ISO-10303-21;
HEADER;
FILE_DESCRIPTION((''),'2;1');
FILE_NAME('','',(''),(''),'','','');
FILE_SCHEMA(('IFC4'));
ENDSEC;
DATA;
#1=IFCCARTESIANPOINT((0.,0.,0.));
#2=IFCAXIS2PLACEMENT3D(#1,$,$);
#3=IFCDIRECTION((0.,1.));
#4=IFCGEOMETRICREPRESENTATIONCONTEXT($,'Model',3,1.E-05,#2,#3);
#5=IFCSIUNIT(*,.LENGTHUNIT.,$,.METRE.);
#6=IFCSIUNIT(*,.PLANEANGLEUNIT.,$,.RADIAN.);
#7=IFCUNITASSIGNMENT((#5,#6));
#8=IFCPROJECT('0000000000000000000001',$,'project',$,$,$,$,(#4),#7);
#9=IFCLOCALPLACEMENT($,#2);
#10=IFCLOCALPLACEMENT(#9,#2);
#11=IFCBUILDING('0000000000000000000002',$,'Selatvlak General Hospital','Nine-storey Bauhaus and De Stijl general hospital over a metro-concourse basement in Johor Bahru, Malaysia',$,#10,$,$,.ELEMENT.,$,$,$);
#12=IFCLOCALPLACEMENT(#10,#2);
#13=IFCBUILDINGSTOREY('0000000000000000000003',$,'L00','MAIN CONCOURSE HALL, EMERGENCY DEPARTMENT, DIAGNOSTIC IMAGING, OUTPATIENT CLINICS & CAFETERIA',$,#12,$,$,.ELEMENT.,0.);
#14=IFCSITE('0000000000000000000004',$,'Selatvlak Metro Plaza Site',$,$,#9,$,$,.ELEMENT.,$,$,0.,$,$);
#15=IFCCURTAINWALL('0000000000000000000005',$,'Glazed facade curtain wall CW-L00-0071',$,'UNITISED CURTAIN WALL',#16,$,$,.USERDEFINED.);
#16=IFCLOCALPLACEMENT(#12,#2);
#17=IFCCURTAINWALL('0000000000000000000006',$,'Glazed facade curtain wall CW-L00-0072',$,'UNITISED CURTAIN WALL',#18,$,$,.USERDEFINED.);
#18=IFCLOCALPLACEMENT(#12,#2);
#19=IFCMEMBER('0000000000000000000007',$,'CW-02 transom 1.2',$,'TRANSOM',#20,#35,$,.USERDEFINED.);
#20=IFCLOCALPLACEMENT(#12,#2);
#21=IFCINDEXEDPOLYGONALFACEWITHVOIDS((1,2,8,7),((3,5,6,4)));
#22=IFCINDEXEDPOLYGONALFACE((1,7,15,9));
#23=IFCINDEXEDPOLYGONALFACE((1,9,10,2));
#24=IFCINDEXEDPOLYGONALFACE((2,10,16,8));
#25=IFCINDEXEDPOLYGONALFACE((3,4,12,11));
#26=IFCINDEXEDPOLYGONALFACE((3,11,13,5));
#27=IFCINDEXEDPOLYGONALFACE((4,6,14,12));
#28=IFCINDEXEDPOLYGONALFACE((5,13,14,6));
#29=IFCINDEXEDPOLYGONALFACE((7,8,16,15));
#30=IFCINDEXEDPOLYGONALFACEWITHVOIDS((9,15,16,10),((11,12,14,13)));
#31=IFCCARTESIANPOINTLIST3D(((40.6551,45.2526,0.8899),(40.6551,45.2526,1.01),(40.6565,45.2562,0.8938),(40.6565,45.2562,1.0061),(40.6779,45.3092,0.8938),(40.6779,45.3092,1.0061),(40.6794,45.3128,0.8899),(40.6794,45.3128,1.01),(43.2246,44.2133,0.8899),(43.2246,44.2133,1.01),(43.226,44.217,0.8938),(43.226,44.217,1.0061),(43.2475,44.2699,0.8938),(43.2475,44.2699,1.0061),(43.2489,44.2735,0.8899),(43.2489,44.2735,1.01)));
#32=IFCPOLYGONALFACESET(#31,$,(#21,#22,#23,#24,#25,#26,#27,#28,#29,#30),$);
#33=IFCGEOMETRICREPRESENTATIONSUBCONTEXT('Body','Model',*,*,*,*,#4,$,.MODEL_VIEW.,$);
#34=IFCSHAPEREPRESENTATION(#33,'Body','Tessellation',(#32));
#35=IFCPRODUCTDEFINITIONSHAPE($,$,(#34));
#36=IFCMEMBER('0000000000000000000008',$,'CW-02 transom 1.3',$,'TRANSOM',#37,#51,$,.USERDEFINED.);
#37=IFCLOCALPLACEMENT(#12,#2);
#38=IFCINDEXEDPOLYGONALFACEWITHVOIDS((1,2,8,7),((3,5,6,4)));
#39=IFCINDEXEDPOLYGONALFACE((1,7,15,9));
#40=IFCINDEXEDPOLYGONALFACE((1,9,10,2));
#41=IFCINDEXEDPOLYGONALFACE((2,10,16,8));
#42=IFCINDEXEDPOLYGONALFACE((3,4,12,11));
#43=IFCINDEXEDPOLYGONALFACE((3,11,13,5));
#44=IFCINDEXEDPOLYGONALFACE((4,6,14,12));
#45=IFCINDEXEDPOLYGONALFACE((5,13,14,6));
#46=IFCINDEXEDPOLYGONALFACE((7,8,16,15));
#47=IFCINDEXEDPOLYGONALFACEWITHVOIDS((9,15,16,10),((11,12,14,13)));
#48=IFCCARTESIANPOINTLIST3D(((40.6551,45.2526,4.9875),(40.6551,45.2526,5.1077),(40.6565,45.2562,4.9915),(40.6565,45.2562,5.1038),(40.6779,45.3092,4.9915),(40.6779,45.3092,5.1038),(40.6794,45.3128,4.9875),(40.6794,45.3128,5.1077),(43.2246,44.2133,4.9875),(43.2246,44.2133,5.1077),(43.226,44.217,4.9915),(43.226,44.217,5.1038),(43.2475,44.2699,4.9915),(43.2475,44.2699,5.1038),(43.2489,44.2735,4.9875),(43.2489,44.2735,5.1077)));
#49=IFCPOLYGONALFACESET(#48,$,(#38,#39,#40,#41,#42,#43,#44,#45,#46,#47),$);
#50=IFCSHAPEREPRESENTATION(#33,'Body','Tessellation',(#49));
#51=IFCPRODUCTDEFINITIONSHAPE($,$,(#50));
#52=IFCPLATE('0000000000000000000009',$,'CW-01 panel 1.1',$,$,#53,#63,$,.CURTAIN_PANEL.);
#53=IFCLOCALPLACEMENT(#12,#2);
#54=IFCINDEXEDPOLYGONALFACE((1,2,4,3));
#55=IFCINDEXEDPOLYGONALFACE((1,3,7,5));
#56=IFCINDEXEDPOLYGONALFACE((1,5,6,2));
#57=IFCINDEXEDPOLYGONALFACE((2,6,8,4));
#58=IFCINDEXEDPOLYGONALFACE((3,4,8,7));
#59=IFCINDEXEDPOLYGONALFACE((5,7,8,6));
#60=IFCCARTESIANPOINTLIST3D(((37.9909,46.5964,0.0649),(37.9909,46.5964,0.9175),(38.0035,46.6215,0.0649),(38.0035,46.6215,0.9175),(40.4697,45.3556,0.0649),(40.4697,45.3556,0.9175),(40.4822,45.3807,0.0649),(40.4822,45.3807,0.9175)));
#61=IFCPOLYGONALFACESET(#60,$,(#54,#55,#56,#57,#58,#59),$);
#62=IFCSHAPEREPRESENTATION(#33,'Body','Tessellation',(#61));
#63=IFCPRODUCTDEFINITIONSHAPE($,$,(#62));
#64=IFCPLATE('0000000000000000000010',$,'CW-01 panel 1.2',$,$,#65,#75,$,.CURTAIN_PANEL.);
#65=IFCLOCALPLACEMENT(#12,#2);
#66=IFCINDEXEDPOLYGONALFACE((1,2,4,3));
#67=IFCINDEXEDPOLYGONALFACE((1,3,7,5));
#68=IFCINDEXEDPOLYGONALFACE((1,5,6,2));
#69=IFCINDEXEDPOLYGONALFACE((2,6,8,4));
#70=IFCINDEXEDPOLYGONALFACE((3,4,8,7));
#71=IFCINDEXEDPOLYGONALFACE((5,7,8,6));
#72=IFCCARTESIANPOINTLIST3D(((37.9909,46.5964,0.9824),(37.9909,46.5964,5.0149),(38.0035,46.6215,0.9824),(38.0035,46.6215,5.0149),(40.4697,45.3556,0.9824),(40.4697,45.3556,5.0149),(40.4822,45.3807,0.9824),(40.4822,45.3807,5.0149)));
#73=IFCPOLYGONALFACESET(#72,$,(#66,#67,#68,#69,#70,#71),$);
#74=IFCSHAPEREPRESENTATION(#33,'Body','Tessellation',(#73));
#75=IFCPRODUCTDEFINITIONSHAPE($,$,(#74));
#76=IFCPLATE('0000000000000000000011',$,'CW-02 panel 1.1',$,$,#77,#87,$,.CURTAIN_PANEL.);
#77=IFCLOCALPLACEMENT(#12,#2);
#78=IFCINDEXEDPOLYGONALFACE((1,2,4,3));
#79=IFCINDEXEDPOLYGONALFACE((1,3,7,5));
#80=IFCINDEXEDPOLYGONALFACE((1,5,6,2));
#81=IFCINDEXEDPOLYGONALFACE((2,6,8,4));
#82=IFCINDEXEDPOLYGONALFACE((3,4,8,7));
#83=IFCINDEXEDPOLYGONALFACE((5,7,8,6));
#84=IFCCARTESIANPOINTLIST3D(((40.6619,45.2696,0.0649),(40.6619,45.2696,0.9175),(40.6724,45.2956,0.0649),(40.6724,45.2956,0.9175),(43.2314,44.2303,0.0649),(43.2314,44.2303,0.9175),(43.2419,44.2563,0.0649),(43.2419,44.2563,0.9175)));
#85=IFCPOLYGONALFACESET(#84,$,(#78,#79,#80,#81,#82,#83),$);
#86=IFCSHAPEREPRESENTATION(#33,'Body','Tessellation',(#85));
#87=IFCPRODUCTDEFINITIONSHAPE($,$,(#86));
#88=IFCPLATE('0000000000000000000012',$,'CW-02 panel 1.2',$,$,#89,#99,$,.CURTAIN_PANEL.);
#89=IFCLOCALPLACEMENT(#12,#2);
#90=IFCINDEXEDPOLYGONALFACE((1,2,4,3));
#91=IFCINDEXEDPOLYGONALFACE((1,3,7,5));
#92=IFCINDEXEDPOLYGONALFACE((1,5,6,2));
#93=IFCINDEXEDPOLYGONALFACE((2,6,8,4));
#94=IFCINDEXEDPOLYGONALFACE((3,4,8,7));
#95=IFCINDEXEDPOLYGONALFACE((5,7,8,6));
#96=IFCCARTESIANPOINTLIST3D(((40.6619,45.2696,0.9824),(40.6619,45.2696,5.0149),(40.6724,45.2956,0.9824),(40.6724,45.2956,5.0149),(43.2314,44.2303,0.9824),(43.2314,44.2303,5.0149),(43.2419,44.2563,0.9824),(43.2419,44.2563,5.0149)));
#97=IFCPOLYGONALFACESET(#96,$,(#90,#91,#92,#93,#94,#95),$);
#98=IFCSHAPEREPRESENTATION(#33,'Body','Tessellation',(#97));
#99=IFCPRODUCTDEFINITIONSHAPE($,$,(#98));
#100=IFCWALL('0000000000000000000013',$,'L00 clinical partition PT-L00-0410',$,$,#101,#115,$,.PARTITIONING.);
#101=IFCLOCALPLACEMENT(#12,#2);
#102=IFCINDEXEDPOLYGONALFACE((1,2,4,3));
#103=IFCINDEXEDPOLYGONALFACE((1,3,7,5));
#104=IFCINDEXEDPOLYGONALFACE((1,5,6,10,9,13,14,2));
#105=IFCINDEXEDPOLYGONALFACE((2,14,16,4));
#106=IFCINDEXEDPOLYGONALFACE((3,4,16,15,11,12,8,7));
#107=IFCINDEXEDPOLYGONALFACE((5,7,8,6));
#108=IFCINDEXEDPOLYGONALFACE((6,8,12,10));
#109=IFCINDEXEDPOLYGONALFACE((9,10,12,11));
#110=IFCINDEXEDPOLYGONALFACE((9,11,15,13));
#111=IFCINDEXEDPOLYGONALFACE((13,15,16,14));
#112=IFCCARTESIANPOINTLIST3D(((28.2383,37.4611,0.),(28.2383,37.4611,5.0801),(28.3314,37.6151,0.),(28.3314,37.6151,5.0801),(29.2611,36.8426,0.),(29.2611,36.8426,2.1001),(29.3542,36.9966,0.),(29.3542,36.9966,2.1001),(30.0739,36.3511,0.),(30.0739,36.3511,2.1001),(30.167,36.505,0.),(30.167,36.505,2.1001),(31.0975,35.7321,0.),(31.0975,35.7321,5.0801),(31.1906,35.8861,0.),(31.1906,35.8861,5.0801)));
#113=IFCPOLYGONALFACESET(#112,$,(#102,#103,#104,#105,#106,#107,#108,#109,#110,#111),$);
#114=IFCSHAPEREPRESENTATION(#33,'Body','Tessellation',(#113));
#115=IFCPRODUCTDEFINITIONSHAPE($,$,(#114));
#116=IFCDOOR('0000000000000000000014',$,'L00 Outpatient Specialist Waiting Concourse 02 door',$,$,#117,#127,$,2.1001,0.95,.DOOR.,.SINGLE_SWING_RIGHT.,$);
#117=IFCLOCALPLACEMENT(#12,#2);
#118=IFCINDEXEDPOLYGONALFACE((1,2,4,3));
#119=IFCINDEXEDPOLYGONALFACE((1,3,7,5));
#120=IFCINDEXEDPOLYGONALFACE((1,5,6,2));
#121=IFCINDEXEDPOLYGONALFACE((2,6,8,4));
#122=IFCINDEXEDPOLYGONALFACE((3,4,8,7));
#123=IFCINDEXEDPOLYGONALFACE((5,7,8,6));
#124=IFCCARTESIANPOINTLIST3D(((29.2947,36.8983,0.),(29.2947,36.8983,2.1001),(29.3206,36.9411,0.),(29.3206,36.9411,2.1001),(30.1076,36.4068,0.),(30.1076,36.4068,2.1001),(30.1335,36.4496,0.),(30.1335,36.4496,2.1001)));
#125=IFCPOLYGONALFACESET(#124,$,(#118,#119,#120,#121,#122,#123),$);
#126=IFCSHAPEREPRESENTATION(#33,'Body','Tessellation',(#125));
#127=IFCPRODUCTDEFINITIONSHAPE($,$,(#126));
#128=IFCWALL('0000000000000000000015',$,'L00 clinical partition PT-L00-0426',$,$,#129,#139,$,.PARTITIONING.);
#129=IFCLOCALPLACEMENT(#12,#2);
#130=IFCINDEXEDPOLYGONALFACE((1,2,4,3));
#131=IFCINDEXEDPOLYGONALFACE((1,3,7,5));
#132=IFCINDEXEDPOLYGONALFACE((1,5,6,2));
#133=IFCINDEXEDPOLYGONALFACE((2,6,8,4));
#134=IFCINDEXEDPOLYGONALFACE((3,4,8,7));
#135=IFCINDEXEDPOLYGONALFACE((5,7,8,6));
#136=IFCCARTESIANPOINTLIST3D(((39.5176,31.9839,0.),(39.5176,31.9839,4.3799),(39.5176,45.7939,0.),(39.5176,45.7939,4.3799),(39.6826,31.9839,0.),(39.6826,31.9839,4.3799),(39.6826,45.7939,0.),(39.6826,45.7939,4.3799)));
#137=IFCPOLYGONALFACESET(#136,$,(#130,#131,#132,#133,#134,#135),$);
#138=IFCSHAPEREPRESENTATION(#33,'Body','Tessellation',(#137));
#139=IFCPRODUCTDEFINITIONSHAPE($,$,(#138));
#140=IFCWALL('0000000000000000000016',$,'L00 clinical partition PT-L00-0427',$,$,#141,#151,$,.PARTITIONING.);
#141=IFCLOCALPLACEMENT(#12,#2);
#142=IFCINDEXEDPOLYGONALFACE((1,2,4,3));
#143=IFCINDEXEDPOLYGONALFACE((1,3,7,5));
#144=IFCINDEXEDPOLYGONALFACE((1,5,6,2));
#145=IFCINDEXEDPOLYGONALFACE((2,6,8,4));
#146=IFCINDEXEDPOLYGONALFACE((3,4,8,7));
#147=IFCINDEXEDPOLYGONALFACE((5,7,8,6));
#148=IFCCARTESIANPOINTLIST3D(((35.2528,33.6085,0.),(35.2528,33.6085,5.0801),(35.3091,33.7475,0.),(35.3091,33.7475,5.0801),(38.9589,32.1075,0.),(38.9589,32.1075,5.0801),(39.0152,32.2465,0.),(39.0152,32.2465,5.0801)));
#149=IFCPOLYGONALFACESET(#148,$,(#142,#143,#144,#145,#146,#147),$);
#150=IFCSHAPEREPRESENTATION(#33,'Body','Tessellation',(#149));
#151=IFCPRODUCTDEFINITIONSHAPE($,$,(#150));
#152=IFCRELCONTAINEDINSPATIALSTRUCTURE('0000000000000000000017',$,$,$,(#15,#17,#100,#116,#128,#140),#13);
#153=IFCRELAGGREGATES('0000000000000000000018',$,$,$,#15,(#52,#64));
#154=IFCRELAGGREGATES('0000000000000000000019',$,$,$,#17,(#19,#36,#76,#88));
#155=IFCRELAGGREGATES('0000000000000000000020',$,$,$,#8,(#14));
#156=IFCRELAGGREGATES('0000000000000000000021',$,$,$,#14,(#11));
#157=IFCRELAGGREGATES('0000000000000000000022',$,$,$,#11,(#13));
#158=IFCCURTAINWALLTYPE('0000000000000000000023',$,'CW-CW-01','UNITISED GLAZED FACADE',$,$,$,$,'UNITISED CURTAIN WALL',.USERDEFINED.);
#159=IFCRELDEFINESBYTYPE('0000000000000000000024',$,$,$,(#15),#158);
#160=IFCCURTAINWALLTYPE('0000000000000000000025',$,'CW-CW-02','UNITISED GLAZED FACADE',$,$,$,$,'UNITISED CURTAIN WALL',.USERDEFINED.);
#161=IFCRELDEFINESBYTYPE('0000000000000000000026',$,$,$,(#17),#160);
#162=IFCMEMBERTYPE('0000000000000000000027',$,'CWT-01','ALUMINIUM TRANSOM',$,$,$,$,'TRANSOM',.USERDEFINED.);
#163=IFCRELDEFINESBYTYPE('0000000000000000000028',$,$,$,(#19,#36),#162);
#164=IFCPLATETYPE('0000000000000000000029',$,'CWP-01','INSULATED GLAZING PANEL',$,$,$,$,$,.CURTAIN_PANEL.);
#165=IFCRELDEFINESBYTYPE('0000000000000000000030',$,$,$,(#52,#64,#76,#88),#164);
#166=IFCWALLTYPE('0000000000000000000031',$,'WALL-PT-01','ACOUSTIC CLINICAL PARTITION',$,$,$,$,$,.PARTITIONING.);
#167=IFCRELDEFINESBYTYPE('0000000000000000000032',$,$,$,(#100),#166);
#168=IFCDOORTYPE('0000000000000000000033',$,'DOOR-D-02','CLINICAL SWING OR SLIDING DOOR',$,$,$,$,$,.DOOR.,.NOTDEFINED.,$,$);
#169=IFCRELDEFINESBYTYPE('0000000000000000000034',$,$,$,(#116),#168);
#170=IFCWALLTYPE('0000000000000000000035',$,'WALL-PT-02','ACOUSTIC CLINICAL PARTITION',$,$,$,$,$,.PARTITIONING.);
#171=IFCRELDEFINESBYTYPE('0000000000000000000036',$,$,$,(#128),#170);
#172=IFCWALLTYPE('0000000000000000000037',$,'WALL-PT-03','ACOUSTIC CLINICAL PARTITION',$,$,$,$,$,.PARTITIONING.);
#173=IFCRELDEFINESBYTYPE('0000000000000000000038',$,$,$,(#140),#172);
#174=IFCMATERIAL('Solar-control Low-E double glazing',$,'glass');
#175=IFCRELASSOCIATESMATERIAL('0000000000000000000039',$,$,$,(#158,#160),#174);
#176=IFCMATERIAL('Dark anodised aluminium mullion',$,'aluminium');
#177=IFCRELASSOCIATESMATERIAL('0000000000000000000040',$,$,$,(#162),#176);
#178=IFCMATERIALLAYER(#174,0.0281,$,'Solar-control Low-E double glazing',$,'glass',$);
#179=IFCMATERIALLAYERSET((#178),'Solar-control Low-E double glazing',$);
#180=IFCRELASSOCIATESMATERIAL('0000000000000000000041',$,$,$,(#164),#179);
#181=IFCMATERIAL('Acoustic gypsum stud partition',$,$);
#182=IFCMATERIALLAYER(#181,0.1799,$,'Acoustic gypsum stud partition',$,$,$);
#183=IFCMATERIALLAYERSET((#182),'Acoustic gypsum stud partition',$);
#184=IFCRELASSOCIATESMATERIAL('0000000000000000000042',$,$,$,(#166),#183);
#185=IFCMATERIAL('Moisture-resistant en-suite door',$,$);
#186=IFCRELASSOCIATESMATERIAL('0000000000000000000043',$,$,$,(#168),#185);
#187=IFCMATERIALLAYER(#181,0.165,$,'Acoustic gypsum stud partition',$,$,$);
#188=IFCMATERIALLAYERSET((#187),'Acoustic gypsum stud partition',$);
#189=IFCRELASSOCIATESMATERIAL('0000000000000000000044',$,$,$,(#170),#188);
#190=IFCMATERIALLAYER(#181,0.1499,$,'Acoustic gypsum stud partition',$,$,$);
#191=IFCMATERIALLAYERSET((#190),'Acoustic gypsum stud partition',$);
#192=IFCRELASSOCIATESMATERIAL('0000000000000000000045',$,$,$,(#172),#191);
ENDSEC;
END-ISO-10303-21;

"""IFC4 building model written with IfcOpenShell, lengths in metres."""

from ifc_helpers import new_model, si_unit, direction, frame, frame_2d, origin, origin_2d, place, context, subcontext, project, spatial, rectangle, hollow_rectangle, extrude, material, layer, layer_set, material_profile, profile_set, type_object, element, fill, aggregate, save


model = new_model("IFC4")

# Units and contexts
model_context = context("Model", 3, precision=1e-05, world=origin(), true_north=direction((0.0, 1.0)))
body_context = subcontext(model_context, "Body", "Model", "MODEL_VIEW")
ifc_project = project(units=[si_unit("LENGTHUNIT", "METRE"), si_unit("PLANEANGLEUNIT", "RADIAN")], contexts=[model_context])

# Site, building, storey
site_placement = place(None, origin())
site = spatial("IfcSite", under=ifc_project, at=site_placement, Name="Selatvlak Metro Plaza Site", CompositionType="ELEMENT", RefElevation=0.0)
building_placement = place(site_placement, origin())
building = spatial("IfcBuilding", under=site, at=building_placement, Name="Selatvlak General Hospital", Description="Nine-storey Bauhaus and De Stijl general hospital over a metro-concourse basement in Johor Bahru, Malaysia", CompositionType="ELEMENT")
storey_placement = place(building_placement, origin())
storey = spatial("IfcBuildingStorey", under=building, at=storey_placement, Name="L00", Description="MAIN CONCOURSE HALL, EMERGENCY DEPARTMENT, DIAGNOSTIC IMAGING, OUTPATIENT CLINICS & CAFETERIA", CompositionType="ELEMENT", Elevation=0.0)

# Curtain walls
ifc_material_1 = material(Name="Solar-control Low-E double glazing", Category="glass")
curtain_wall_type_1 = type_object("IfcCurtainWallType", Name="CW-CW-01", Description="UNITISED GLAZED FACADE", ElementType="UNITISED CURTAIN WALL", PredefinedType="USERDEFINED", material=ifc_material_1)
curtain_wall_1_placement = place(storey_placement, origin())
curtain_wall_1 = element("IfcCurtainWall", 1, at=curtain_wall_1_placement, inside=storey, type_object=curtain_wall_type_1, Name="Glazed facade curtain wall CW-L00-0071", ObjectType="UNITISED CURTAIN WALL", PredefinedType="USERDEFINED")
ifc_material_2 = material(Name="Dark anodised aluminium mullion", Category="aluminium")
curtain_wall_type_2 = type_object("IfcCurtainWallType", Name="CW-CW-02", Description="UNITISED GLAZED FACADE", ElementType="UNITISED CURTAIN WALL", PredefinedType="USERDEFINED", material=ifc_material_1)
curtain_wall_2_placement = place(storey_placement, origin())
curtain_wall_2 = element("IfcCurtainWall", 2, at=curtain_wall_2_placement, inside=storey, type_object=curtain_wall_type_2, Name="Glazed facade curtain wall CW-L00-0072", ObjectType="UNITISED CURTAIN WALL", PredefinedType="USERDEFINED")

# Shared definitions
ifc_material_profile_1 = material_profile(ifc_material_2, hollow_rectangle(XDim=0.0649, YDim=0.1201, WallThickness=0.0039, at=origin_2d()), Name="AL-TRN 65x120x4")
ifc_profile_set_1 = profile_set([ifc_material_profile_1], Name="Dark anodised aluminium mullion")
member_type_1 = type_object("IfcMemberType", Name="CWT-01", Description="ALUMINIUM TRANSOM", ElementType="TRANSOM", PredefinedType="USERDEFINED", material=ifc_profile_set_1)

# Members
member_1_placement = place(storey_placement, frame((40.6672, 45.2827, 0.95), z_axis=(0.927042, -0.374957, 0.0), x_axis=(0.374957, 0.927042, 0.0)))
member_1 = element("IfcMember", 3, at=member_1_placement, type_object=member_type_1, Name="CW-02 transom 1.2", ObjectType="TRANSOM", PredefinedType="USERDEFINED", context=body_context, shape_type="SweptSolid", body=[
    extrude(hollow_rectangle(XDim=0.0649, YDim=0.1201, WallThickness=0.0039, at=origin_2d()), origin(), (0.0, 0.0, 1.0), 2.7717),
])
member_2_placement = place(storey_placement, frame((40.6672, 45.2827, 5.0476), z_axis=(0.927042, -0.374957, 0.0), x_axis=(0.374957, 0.927042, 0.0)))
member_2 = element("IfcMember", 4, at=member_2_placement, type_object=member_type_1, Name="CW-02 transom 1.3", ObjectType="TRANSOM", PredefinedType="USERDEFINED", context=body_context, shape_type="SweptSolid", body=[
    extrude(hollow_rectangle(XDim=0.0649, YDim=0.1201, WallThickness=0.0039, at=origin_2d()), origin(), (0.0, 0.0, 1.0), 2.7717),
])

# Plates
ifc_layer_1 = layer(ifc_material_1, 0.0281, Name="Solar-control Low-E double glazing", Category="glass")
ifc_layer_set_1 = layer_set([ifc_layer_1], Name="Solar-control Low-E double glazing")
plate_type = type_object("IfcPlateType", Name="CWP-01", Description="INSULATED GLAZING PANEL", PredefinedType="CURTAIN_PANEL", material=ifc_layer_set_1)
plate_1_placement = place(storey_placement, frame((39.2366, 45.9885, 0.0649), z_axis=(0.0, 0.0, 1.0), x_axis=(0.89422, -0.447627, 0.0)))
plate_1 = element("IfcPlate", 5, at=plate_1_placement, type_object=plate_type, Name="CW-01 panel 1.1", PredefinedType="CURTAIN_PANEL", context=body_context, shape_type="SweptSolid", body=[
    extrude(rectangle(XDim=2.772, YDim=0.0281, at=origin_2d()), origin(), (0.0, 0.0, 1.0), 0.8525),
])
plate_2_placement = place(storey_placement, frame((39.2366, 45.9885, 0.9824), z_axis=(0.0, 0.0, 1.0), x_axis=(0.89422, -0.447627, 0.0)))
plate_2 = element("IfcPlate", 6, at=plate_2_placement, type_object=plate_type, Name="CW-01 panel 1.2", PredefinedType="CURTAIN_PANEL", context=body_context, shape_type="SweptSolid", body=[
    extrude(rectangle(XDim=2.772, YDim=0.0281, at=origin_2d()), origin(), (0.0, 0.0, 1.0), 4.0325),
])
aggregate(curtain_wall_1, [plate_1, plate_2])
plate_3_placement = place(storey_placement, frame((41.9519, 44.7629, 0.0649), z_axis=(0.0, 0.0, 1.0), x_axis=(0.927044, -0.374953, 0.0)))
plate_3 = element("IfcPlate", 7, at=plate_3_placement, type_object=plate_type, Name="CW-02 panel 1.1", PredefinedType="CURTAIN_PANEL", context=body_context, shape_type="SweptSolid", body=[
    extrude(rectangle(XDim=2.7717, YDim=0.0281, at=origin_2d()), origin(), (0.0, 0.0, 1.0), 0.8525),
])
plate_4_placement = place(storey_placement, frame((41.9519, 44.7629, 0.9824), z_axis=(0.0, 0.0, 1.0), x_axis=(0.927044, -0.374953, 0.0)))
plate_4 = element("IfcPlate", 8, at=plate_4_placement, type_object=plate_type, Name="CW-02 panel 1.2", PredefinedType="CURTAIN_PANEL", context=body_context, shape_type="SweptSolid", body=[
    extrude(rectangle(XDim=2.7717, YDim=0.0281, at=origin_2d()), origin(), (0.0, 0.0, 1.0), 4.0325),
])
aggregate(curtain_wall_2, [member_1, member_2, plate_3, plate_4])

# Wall, opening, door
ifc_material_3 = material(Name="Acoustic gypsum stud partition")
ifc_layer_2 = layer(ifc_material_3, 0.1799, Name="Acoustic gypsum stud partition")
ifc_layer_set_2 = layer_set([ifc_layer_2], Name="Acoustic gypsum stud partition")
wall_type_1 = type_object("IfcWallType", Name="WALL-PT-01", Description="ACOUSTIC CLINICAL PARTITION", PredefinedType="PARTITIONING", material=ifc_layer_set_2)
wall_1_placement = place(storey_placement, frame((31.144, 35.8091, 0.0), z_axis=(0.0, 0.0, 1.0), x_axis=(-0.855702, 0.517469, 0.0)))
wall_1 = element("IfcWall", 9, at=wall_1_placement, inside=storey, type_object=wall_type_1, Name="L00 clinical partition PT-L00-0410", PredefinedType="PARTITIONING", context=body_context, shape_type="SweptSolid", body=[
    extrude(rectangle(XDim=3.3413, YDim=0.1799, at=frame_2d((1.6707, 0.0))), origin(), (0.0, 0.0, 1.0), 5.0801),
])
opening_1_placement = place(wall_1_placement, frame((1.196, 0.0, 0.0)))
opening_1 = element("IfcOpeningElement", 10, at=opening_1_placement, cuts=wall_1, PredefinedType="OPENING", context=body_context, shape_type="SweptSolid", body=[
    extrude(rectangle(XDim=0.95, YDim=2.1001, at=frame_2d((0.4751, 1.05))), frame((0.0, 0.0999, 0.0), z_axis=(0.0, -1.0, 0.0), x_axis=(1.0, 0.0, 0.0)), (0.0, 0.0, 1.0), 0.2),
])
ifc_material_4 = material(Name="Moisture-resistant en-suite door")
door_type_1 = type_object("IfcDoorType", Name="DOOR-D-02", Description="CLINICAL SWING OR SLIDING DOOR", OperationType="NOTDEFINED", PredefinedType="DOOR", material=ifc_material_4)
door_1_placement = place(opening_1_placement, origin())
door_1 = element("IfcDoor", 11, at=door_1_placement, inside=storey, type_object=door_type_1, Name="L00 Outpatient Specialist Waiting Concourse 02 door", OperationType="SINGLE_SWING_RIGHT", OverallHeight=2.1001, OverallWidth=0.95, PredefinedType="DOOR", context=body_context, shape_type="SweptSolid", body=[
    extrude(rectangle(XDim=0.95, YDim=2.1001, at=frame_2d((0.4751, 1.05))), frame((0.0, 0.0249, 0.0), z_axis=(0.0, -1.0, 0.0), x_axis=(1.0, 0.0, 0.0)), (0.0, 0.0, 1.0), 0.05),
])
fill(opening_1, door_1)

# Walls
ifc_layer_3 = layer(ifc_material_3, 0.165, Name="Acoustic gypsum stud partition")
ifc_layer_set_3 = layer_set([ifc_layer_3], Name="Acoustic gypsum stud partition")
wall_type_2 = type_object("IfcWallType", Name="WALL-PT-02", Description="ACOUSTIC CLINICAL PARTITION", PredefinedType="PARTITIONING", material=ifc_layer_set_3)
wall_2_placement = place(storey_placement, frame((39.6001, 45.7939, 0.0), z_axis=(0.0, 0.0, 1.0), x_axis=(0.0, -1.0, 0.0)))
element("IfcWall", 12, at=wall_2_placement, inside=storey, type_object=wall_type_2, Name="L00 clinical partition PT-L00-0426", PredefinedType="PARTITIONING", context=body_context, shape_type="SweptSolid", body=[
    extrude(rectangle(XDim=13.8101, YDim=0.165, at=frame_2d((6.905, 0.0))), origin(), (0.0, 0.0, 1.0), 4.3799),
])
ifc_layer_4 = layer(ifc_material_3, 0.1499, Name="Acoustic gypsum stud partition")
ifc_layer_set_4 = layer_set([ifc_layer_4], Name="Acoustic gypsum stud partition")
wall_type_3 = type_object("IfcWallType", Name="WALL-PT-03", Description="ACOUSTIC CLINICAL PARTITION", PredefinedType="PARTITIONING", material=ifc_layer_set_4)
wall_3_placement = place(storey_placement, frame((38.9871, 32.177, 0.0), z_axis=(0.0, 0.0, 1.0), x_axis=(-0.926868, 0.375388, 0.0)))
element("IfcWall", 13, at=wall_3_placement, inside=storey, type_object=wall_type_3, Name="L00 clinical partition PT-L00-0427", PredefinedType="PARTITIONING", context=body_context, shape_type="SweptSolid", body=[
    extrude(rectangle(XDim=3.9985, YDim=0.1499, at=frame_2d((1.9993, 0.0))), origin(), (0.0, 0.0, 1.0), 5.0801),
])

save(model, "model.ifc")
